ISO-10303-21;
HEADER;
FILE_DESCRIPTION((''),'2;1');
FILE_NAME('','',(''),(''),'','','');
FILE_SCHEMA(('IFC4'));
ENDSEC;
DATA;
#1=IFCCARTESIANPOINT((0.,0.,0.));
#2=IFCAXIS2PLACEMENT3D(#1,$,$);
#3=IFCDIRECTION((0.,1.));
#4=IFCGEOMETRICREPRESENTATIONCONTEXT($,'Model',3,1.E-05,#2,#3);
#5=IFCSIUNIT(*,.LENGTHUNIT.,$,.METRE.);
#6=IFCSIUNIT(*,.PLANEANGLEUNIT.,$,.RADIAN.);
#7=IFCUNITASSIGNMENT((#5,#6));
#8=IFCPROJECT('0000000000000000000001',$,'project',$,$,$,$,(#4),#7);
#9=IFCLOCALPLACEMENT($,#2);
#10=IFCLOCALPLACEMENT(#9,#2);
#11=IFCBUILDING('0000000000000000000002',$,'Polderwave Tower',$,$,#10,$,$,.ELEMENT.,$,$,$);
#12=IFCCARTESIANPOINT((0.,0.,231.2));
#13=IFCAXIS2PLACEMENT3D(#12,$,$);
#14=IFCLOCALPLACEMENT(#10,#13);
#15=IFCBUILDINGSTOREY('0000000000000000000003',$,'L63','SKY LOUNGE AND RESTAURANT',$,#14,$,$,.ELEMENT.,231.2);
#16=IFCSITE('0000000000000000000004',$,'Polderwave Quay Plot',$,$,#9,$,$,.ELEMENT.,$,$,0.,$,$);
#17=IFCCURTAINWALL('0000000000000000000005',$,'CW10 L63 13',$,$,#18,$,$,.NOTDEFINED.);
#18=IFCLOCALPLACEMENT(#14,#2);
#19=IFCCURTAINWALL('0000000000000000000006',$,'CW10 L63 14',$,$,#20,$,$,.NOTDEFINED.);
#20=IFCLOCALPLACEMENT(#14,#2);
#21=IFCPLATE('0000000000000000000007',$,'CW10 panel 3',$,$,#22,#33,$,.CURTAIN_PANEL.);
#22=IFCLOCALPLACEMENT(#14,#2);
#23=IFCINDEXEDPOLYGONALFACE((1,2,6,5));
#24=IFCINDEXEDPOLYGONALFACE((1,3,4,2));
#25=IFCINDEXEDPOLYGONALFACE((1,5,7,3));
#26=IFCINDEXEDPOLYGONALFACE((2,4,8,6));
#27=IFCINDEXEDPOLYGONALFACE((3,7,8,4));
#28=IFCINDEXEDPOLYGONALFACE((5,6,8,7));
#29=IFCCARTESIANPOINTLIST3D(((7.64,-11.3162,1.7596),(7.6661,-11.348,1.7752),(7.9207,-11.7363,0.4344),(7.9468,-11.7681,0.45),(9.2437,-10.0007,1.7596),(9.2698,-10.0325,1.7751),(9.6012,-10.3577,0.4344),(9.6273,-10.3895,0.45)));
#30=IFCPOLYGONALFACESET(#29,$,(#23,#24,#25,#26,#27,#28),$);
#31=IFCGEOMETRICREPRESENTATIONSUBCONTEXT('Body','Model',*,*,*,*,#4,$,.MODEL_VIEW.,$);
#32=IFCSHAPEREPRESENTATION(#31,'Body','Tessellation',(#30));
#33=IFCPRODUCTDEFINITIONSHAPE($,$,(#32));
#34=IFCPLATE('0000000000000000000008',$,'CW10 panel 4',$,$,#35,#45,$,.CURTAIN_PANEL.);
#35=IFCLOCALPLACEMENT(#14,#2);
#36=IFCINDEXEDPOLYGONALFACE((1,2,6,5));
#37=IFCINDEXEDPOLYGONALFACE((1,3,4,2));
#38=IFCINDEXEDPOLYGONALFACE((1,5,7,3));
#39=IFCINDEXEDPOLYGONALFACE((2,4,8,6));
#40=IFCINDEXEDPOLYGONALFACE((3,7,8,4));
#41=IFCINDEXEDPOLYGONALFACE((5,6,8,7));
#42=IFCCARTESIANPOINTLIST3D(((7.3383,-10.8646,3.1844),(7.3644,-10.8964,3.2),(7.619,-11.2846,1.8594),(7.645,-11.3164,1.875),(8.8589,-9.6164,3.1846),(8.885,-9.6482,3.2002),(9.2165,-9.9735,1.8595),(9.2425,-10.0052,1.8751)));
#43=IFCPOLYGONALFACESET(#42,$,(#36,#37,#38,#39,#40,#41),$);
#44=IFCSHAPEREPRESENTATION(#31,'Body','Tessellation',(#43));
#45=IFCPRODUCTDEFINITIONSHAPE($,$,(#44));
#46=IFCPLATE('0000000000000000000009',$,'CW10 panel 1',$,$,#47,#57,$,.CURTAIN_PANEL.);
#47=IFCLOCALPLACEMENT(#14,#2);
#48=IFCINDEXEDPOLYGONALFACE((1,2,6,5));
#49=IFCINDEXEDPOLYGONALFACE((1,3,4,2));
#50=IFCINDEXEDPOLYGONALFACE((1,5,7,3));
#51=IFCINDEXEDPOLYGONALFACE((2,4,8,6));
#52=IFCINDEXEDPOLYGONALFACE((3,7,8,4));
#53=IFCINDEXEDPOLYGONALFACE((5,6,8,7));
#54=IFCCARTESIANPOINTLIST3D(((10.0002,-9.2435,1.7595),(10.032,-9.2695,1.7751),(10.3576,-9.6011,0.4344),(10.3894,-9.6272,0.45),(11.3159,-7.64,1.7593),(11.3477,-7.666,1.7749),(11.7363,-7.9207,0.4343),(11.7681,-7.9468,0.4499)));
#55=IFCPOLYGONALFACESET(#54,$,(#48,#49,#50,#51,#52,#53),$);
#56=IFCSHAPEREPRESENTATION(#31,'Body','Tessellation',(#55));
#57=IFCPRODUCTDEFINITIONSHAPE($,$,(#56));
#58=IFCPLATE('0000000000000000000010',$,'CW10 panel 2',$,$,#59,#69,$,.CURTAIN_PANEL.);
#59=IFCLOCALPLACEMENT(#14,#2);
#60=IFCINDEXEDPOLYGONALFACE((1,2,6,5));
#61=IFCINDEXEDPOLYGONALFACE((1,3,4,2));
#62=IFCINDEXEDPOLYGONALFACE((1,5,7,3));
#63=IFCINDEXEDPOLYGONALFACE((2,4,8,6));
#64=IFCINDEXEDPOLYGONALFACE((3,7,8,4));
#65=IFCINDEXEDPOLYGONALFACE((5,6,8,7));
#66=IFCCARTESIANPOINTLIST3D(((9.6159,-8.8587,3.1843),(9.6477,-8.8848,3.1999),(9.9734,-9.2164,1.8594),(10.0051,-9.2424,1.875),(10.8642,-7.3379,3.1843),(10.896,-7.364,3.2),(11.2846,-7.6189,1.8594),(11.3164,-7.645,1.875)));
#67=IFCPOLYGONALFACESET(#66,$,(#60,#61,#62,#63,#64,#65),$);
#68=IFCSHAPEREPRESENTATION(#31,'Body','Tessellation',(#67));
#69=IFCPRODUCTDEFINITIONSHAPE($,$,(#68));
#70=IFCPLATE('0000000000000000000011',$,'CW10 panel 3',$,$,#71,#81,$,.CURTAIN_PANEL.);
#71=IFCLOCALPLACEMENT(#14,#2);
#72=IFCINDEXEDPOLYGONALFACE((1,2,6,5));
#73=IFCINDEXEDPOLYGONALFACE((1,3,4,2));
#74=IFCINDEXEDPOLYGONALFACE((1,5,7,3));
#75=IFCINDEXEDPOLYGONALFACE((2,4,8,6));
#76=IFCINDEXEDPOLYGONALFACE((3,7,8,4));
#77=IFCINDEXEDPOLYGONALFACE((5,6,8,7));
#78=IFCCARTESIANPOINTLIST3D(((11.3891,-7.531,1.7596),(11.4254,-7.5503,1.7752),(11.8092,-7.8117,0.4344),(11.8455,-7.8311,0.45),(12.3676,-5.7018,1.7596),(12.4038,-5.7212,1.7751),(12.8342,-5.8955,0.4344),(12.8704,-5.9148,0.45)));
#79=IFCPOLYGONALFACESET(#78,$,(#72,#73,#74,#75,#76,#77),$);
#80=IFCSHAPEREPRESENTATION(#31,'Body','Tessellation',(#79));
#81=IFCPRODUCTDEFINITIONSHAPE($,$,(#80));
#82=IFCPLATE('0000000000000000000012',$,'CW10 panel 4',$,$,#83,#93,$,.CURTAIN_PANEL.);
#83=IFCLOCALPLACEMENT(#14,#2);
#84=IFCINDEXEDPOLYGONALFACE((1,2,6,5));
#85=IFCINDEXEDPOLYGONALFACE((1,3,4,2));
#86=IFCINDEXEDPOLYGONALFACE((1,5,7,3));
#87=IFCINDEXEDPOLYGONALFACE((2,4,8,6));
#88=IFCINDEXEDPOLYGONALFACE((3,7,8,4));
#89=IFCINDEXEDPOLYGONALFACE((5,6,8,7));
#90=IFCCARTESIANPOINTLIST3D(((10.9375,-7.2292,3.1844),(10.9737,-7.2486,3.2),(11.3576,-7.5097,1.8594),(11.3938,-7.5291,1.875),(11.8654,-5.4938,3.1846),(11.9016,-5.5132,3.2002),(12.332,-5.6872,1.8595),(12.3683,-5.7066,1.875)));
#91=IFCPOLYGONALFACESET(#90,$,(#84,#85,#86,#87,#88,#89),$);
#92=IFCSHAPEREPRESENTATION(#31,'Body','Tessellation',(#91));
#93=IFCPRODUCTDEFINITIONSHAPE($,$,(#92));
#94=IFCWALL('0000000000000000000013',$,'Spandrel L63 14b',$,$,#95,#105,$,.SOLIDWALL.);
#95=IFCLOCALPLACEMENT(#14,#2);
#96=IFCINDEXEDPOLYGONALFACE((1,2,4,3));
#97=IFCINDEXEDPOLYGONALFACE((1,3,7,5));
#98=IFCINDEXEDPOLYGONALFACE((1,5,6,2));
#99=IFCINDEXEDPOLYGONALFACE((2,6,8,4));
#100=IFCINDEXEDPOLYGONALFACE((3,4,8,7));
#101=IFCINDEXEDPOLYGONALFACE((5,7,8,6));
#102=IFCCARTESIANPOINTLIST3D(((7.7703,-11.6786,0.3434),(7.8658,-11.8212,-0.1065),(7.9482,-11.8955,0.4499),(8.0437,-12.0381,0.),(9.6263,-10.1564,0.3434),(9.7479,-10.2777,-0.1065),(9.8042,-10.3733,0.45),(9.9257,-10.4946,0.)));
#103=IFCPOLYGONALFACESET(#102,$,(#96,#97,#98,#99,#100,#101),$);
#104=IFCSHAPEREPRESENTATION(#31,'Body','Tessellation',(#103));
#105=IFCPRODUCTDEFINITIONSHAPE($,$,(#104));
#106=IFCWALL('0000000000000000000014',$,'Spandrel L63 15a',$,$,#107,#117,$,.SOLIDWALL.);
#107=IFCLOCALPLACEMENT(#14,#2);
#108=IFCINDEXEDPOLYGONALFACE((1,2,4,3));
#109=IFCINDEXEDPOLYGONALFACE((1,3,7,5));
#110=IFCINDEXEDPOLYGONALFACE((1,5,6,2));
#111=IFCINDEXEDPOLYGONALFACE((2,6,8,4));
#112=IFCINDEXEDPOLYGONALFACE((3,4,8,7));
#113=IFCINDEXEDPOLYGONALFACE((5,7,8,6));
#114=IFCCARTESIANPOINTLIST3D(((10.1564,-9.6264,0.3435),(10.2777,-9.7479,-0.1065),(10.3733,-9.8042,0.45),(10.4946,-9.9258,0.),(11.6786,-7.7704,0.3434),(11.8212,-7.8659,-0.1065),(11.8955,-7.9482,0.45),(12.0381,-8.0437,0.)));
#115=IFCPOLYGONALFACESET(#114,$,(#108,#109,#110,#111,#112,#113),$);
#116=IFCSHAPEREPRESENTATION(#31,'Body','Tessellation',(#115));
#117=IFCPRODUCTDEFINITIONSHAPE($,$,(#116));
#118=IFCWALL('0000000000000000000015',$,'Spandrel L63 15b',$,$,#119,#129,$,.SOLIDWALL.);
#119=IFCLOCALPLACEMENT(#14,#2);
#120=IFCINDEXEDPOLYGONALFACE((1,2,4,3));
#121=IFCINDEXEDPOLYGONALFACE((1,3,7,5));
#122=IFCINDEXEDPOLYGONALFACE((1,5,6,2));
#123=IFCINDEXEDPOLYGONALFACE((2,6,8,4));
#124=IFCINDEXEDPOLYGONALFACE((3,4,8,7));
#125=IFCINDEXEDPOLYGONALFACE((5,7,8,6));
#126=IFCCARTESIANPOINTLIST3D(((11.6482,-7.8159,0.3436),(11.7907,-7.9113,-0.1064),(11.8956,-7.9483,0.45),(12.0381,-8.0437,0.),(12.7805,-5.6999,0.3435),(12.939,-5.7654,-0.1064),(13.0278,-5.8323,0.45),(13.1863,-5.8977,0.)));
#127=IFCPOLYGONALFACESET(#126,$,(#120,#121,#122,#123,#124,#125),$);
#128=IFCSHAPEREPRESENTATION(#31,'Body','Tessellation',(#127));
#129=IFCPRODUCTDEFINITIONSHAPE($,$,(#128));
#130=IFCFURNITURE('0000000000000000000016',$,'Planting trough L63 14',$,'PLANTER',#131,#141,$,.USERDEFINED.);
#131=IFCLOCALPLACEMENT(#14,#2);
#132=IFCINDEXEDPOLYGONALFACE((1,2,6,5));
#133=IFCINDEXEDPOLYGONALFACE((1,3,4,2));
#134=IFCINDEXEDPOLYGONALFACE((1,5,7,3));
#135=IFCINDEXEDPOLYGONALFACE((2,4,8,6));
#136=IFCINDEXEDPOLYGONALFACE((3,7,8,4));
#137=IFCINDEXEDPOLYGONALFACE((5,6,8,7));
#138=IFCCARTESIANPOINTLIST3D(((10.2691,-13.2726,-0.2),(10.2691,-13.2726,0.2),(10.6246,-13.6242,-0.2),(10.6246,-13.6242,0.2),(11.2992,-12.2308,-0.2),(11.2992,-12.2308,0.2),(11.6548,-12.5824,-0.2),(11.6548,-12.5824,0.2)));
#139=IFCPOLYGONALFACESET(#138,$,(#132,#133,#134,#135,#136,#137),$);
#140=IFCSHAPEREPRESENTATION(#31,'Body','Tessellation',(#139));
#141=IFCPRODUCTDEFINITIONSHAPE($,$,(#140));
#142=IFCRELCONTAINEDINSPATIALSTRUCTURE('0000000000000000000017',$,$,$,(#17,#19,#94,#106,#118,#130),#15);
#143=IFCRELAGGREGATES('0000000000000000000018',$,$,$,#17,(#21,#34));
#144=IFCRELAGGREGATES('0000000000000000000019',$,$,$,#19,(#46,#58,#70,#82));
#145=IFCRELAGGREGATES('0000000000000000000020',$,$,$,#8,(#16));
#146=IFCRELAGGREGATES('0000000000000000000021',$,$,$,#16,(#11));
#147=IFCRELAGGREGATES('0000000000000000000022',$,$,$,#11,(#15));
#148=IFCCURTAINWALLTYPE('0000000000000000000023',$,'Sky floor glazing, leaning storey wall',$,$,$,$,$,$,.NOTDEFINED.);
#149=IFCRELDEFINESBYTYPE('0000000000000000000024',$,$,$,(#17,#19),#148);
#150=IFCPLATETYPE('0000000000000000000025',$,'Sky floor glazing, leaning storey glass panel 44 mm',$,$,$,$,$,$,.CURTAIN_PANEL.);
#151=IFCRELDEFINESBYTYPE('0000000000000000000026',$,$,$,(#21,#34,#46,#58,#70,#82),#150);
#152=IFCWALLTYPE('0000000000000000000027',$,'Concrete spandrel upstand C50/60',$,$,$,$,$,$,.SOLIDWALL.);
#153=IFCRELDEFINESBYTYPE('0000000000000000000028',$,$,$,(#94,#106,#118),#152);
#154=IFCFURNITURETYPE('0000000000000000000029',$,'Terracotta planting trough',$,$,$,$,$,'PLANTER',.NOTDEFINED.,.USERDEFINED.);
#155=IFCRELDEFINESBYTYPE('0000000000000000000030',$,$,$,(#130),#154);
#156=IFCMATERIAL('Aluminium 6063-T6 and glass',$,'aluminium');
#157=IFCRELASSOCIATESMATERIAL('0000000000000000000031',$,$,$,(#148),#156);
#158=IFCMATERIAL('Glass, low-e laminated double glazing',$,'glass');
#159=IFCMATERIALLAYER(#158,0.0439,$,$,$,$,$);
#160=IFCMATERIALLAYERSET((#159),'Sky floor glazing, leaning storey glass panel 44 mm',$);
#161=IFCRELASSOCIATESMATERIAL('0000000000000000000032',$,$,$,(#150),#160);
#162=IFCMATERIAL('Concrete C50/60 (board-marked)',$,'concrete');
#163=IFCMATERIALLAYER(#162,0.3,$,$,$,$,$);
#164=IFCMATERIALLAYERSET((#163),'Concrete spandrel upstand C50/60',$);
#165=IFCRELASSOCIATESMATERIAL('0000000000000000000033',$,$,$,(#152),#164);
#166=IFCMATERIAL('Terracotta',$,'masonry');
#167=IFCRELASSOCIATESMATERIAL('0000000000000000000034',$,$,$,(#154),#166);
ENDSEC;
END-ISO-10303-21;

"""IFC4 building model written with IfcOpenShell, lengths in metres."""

from ifc_helpers import new_model, si_unit, direction, frame, origin, origin_2d, place, context, subcontext, project, spatial, polyline, rectangle, outline, extrude, material, layer, layer_set, type_object, element, aggregate, save


model = new_model("IFC4")

# Units and contexts
model_context = context("Model", 3, precision=1e-05, world=origin(), true_north=direction((0.0, 1.0)))
body_context = subcontext(model_context, "Body", "Model", "MODEL_VIEW")
ifc_project = project(units=[si_unit("LENGTHUNIT", "METRE"), si_unit("PLANEANGLEUNIT", "RADIAN")], contexts=[model_context])

# Site, building, storey
site_placement = place(None, origin())
site = spatial("IfcSite", under=ifc_project, at=site_placement, Name="Polderwave Quay Plot", CompositionType="ELEMENT", RefElevation=0.0)
building_placement = place(site_placement, origin())
building = spatial("IfcBuilding", under=site, at=building_placement, Name="Polderwave Tower", CompositionType="ELEMENT")
storey_placement = place(building_placement, frame((0.0, 0.0, 231.2)))
storey = spatial("IfcBuildingStorey", under=building, at=storey_placement, Name="L63", Description="SKY LOUNGE AND RESTAURANT", CompositionType="ELEMENT", Elevation=231.2)

# Curtain walls
ifc_material_1 = material(Name="Aluminium 6063-T6 and glass", Category="aluminium")
curtain_wall_type = type_object("IfcCurtainWallType", Name="Sky floor glazing, leaning storey wall", PredefinedType="NOTDEFINED", material=ifc_material_1)
curtain_wall_1_placement = place(storey_placement, origin())
curtain_wall_1 = element("IfcCurtainWall", 1, at=curtain_wall_1_placement, inside=storey, type_object=curtain_wall_type, Name="CW10 L63 13", PredefinedType="NOTDEFINED")
curtain_wall_2_placement = place(storey_placement, origin())
curtain_wall_2 = element("IfcCurtainWall", 2, at=curtain_wall_2_placement, inside=storey, type_object=curtain_wall_type, Name="CW10 L63 14", PredefinedType="NOTDEFINED")

# Plates
ifc_material_2 = material(Name="Glass, low-e laminated double glazing", Category="glass")
ifc_layer_1 = layer(ifc_material_2, 0.0439)
ifc_layer_set_1 = layer_set([ifc_layer_1], Name="Sky floor glazing, leaning storey glass panel 44 mm")
plate_type = type_object("IfcPlateType", Name="Sky floor glazing, leaning storey glass panel 44 mm", PredefinedType="CURTAIN_PANEL", material=ifc_layer_set_1)
plate_1_placement = place(storey_placement, frame((7.9468, -11.7681, 0.45), z_axis=(0.592985, -0.722866, 0.35473), x_axis=(0.77314, 0.634235, 0.00002)))
plate_1 = element("IfcPlate", 3, at=plate_1_placement, type_object=plate_type, Name="CW10 panel 3", PredefinedType="CURTAIN_PANEL", context=body_context, shape_type="SweptSolid", body=[
    extrude(outline(polyline([(0.0, 0.0), (2.1736, 0.0), (2.1237, 1.4173), (0.0494, 1.4174), (0.0, 0.0)])), origin(), (0.0, 0.0, -1.0), 0.0439),
])
plate_2_placement = place(storey_placement, frame((7.645, -11.3164, 1.875), z_axis=(0.593158, -0.72271, 0.354758), x_axis=(0.77298, 0.63443, 0.000027)))
plate_2 = element("IfcPlate", 4, at=plate_2_placement, type_object=plate_type, Name="CW10 panel 4", PredefinedType="CURTAIN_PANEL", context=body_context, shape_type="SweptSolid", body=[
    extrude(outline(polyline([(0.0, 0.0), (2.0667, 0.0), (2.0169, 1.4173), (0.0496, 1.4172), (0.0, 0.0)])), origin(), (0.0, 0.0, -1.0), 0.0439),
])
aggregate(curtain_wall_1, [plate_1, plate_2])
plate_3_placement = place(storey_placement, frame((10.3894, -9.6272, 0.45), z_axis=(0.722758, -0.592967, 0.354981), x_axis=(0.634275, 0.773107, -0.000001)))
plate_3 = element("IfcPlate", 5, at=plate_3_placement, type_object=plate_type, Name="CW10 panel 1", PredefinedType="CURTAIN_PANEL", context=body_context, shape_type="SweptSolid", body=[
    extrude(outline(polyline([(0.0, 0.0), (2.1736, 0.0), (2.124, 1.4173), (0.0498, 1.4175), (0.0, 0.0)])), origin(), (0.0, 0.0, -1.0), 0.0439),
])
plate_4_placement = place(storey_placement, frame((10.0051, -9.2424, 1.875), z_axis=(0.722581, -0.593137, 0.355057), x_axis=(0.634477, 0.772942, -0.000004)))
plate_4 = element("IfcPlate", 6, at=plate_4_placement, type_object=plate_type, Name="CW10 panel 2", PredefinedType="CURTAIN_PANEL", context=body_context, shape_type="SweptSolid", body=[
    extrude(outline(polyline([(0.0, 0.0), (2.0667, 0.0), (2.0171, 1.4173), (0.0497, 1.4173), (0.0, 0.0)])), origin(), (0.0, 0.0, -1.0), 0.0439),
])
plate_5_placement = place(storey_placement, frame((11.8455, -7.8311, 0.45), z_axis=(0.824427, -0.440991, 0.35475), x_axis=(0.471663, 0.881779, 0.000016)))
plate_5 = element("IfcPlate", 7, at=plate_5_placement, type_object=plate_type, Name="CW10 panel 3", PredefinedType="CURTAIN_PANEL", context=body_context, shape_type="SweptSolid", body=[
    extrude(outline(polyline([(0.0, 0.0), (2.1731, 0.0), (2.1238, 1.4173), (0.0494, 1.4174), (0.0, 0.0)])), origin(), (0.0, 0.0, -1.0), 0.0439),
])
plate_6_placement = place(storey_placement, frame((11.3938, -7.5291, 1.875), z_axis=(0.824506, -0.440877, 0.354707), x_axis=(0.47153, 0.88185, 0.000023)))
plate_6 = element("IfcPlate", 8, at=plate_6_placement, type_object=plate_type, Name="CW10 panel 4", PredefinedType="CURTAIN_PANEL", context=body_context, shape_type="SweptSolid", body=[
    extrude(outline(polyline([(0.0, 0.0), (2.0666, 0.0), (2.0172, 1.4173), (0.0493, 1.4171), (0.0, 0.0)])), origin(), (0.0, 0.0, -1.0), 0.0439),
])
aggregate(curtain_wall_2, [plate_3, plate_4, plate_5, plate_6])

# Walls
ifc_material_3 = material(Name="Concrete C50/60 (board-marked)", Category="concrete")
ifc_layer_2 = layer(ifc_material_3, 0.3)
ifc_layer_set_2 = layer_set([ifc_layer_2], Name="Concrete spandrel upstand C50/60")
wall_type = type_object("IfcWallType", Name="Concrete spandrel upstand C50/60", PredefinedType="SOLIDWALL", material=ifc_layer_set_2)
wall_1_placement = place(storey_placement, frame((8.0437, -12.0381, 0.0), z_axis=(0.592841, -0.722863, 0.354978), x_axis=(0.773221, 0.634137, -0.00001)))
element("IfcWall", 9, at=wall_1_placement, inside=storey, type_object=wall_type, Name="Spandrel L63 14b", PredefinedType="SOLIDWALL", context=body_context, shape_type="SweptSolid", body=[
    extrude(outline(polyline([(0.0, 0.0), (2.434, 0.0), (2.417, 0.4813), (0.0166, 0.4813), (0.0, 0.0)])), origin(), (0.0, 0.0, -1.0), 0.3),
])
wall_2_placement = place(storey_placement, frame((10.4946, -9.9258, 0.0), z_axis=(0.722863, -0.592841, 0.354978), x_axis=(0.634137, 0.773221, 0.00001)))
element("IfcWall", 10, at=wall_2_placement, inside=storey, type_object=wall_type, Name="Spandrel L63 15a", PredefinedType="SOLIDWALL", context=body_context, shape_type="SweptSolid", body=[
    extrude(outline(polyline([(0.0, 0.0), (2.434, 0.0), (2.4174, 0.4813), (0.0171, 0.4813), (0.0, 0.0)])), origin(), (0.0, 0.0, -1.0), 0.3),
])
wall_3_placement = place(storey_placement, frame((12.0381, -8.0437, 0.0), z_axis=(0.824403, -0.441127, 0.354637), x_axis=(0.471787, 0.881713, 0.000012)))
element("IfcWall", 11, at=wall_3_placement, inside=storey, type_object=wall_type, Name="Spandrel L63 15b", PredefinedType="SOLIDWALL", context=body_context, shape_type="SweptSolid", body=[
    extrude(outline(polyline([(0.0, 0.0), (2.4339, 0.0), (2.4168, 0.4812), (0.0169, 0.4813), (0.0, 0.0)])), origin(), (0.0, 0.0, -1.0), 0.3),
])

# Furniture
ifc_material_4 = material(Name="Terracotta", Category="masonry")
furniture_type = type_object("IfcFurnitureType", Name="Terracotta planting trough", ElementType="PLANTER", AssemblyPlace="NOTDEFINED", PredefinedType="USERDEFINED", material=ifc_material_4)
furniture_placement = place(storey_placement, frame((10.9619, -12.9275, -0.2), z_axis=(0.0, 0.0, 1.0), x_axis=(0.703124, 0.711067, 0.0)))
element("IfcFurniture", 12, at=furniture_placement, inside=storey, type_object=furniture_type, Name="Planting trough L63 14", ObjectType="PLANTER", PredefinedType="USERDEFINED", context=body_context, shape_type="SweptSolid", body=[
    extrude(rectangle(XDim=1.4651, YDim=0.5, at=origin_2d()), origin(), (0.0, 0.0, 1.0), 0.3999),
])

save(model, "model.ifc")
